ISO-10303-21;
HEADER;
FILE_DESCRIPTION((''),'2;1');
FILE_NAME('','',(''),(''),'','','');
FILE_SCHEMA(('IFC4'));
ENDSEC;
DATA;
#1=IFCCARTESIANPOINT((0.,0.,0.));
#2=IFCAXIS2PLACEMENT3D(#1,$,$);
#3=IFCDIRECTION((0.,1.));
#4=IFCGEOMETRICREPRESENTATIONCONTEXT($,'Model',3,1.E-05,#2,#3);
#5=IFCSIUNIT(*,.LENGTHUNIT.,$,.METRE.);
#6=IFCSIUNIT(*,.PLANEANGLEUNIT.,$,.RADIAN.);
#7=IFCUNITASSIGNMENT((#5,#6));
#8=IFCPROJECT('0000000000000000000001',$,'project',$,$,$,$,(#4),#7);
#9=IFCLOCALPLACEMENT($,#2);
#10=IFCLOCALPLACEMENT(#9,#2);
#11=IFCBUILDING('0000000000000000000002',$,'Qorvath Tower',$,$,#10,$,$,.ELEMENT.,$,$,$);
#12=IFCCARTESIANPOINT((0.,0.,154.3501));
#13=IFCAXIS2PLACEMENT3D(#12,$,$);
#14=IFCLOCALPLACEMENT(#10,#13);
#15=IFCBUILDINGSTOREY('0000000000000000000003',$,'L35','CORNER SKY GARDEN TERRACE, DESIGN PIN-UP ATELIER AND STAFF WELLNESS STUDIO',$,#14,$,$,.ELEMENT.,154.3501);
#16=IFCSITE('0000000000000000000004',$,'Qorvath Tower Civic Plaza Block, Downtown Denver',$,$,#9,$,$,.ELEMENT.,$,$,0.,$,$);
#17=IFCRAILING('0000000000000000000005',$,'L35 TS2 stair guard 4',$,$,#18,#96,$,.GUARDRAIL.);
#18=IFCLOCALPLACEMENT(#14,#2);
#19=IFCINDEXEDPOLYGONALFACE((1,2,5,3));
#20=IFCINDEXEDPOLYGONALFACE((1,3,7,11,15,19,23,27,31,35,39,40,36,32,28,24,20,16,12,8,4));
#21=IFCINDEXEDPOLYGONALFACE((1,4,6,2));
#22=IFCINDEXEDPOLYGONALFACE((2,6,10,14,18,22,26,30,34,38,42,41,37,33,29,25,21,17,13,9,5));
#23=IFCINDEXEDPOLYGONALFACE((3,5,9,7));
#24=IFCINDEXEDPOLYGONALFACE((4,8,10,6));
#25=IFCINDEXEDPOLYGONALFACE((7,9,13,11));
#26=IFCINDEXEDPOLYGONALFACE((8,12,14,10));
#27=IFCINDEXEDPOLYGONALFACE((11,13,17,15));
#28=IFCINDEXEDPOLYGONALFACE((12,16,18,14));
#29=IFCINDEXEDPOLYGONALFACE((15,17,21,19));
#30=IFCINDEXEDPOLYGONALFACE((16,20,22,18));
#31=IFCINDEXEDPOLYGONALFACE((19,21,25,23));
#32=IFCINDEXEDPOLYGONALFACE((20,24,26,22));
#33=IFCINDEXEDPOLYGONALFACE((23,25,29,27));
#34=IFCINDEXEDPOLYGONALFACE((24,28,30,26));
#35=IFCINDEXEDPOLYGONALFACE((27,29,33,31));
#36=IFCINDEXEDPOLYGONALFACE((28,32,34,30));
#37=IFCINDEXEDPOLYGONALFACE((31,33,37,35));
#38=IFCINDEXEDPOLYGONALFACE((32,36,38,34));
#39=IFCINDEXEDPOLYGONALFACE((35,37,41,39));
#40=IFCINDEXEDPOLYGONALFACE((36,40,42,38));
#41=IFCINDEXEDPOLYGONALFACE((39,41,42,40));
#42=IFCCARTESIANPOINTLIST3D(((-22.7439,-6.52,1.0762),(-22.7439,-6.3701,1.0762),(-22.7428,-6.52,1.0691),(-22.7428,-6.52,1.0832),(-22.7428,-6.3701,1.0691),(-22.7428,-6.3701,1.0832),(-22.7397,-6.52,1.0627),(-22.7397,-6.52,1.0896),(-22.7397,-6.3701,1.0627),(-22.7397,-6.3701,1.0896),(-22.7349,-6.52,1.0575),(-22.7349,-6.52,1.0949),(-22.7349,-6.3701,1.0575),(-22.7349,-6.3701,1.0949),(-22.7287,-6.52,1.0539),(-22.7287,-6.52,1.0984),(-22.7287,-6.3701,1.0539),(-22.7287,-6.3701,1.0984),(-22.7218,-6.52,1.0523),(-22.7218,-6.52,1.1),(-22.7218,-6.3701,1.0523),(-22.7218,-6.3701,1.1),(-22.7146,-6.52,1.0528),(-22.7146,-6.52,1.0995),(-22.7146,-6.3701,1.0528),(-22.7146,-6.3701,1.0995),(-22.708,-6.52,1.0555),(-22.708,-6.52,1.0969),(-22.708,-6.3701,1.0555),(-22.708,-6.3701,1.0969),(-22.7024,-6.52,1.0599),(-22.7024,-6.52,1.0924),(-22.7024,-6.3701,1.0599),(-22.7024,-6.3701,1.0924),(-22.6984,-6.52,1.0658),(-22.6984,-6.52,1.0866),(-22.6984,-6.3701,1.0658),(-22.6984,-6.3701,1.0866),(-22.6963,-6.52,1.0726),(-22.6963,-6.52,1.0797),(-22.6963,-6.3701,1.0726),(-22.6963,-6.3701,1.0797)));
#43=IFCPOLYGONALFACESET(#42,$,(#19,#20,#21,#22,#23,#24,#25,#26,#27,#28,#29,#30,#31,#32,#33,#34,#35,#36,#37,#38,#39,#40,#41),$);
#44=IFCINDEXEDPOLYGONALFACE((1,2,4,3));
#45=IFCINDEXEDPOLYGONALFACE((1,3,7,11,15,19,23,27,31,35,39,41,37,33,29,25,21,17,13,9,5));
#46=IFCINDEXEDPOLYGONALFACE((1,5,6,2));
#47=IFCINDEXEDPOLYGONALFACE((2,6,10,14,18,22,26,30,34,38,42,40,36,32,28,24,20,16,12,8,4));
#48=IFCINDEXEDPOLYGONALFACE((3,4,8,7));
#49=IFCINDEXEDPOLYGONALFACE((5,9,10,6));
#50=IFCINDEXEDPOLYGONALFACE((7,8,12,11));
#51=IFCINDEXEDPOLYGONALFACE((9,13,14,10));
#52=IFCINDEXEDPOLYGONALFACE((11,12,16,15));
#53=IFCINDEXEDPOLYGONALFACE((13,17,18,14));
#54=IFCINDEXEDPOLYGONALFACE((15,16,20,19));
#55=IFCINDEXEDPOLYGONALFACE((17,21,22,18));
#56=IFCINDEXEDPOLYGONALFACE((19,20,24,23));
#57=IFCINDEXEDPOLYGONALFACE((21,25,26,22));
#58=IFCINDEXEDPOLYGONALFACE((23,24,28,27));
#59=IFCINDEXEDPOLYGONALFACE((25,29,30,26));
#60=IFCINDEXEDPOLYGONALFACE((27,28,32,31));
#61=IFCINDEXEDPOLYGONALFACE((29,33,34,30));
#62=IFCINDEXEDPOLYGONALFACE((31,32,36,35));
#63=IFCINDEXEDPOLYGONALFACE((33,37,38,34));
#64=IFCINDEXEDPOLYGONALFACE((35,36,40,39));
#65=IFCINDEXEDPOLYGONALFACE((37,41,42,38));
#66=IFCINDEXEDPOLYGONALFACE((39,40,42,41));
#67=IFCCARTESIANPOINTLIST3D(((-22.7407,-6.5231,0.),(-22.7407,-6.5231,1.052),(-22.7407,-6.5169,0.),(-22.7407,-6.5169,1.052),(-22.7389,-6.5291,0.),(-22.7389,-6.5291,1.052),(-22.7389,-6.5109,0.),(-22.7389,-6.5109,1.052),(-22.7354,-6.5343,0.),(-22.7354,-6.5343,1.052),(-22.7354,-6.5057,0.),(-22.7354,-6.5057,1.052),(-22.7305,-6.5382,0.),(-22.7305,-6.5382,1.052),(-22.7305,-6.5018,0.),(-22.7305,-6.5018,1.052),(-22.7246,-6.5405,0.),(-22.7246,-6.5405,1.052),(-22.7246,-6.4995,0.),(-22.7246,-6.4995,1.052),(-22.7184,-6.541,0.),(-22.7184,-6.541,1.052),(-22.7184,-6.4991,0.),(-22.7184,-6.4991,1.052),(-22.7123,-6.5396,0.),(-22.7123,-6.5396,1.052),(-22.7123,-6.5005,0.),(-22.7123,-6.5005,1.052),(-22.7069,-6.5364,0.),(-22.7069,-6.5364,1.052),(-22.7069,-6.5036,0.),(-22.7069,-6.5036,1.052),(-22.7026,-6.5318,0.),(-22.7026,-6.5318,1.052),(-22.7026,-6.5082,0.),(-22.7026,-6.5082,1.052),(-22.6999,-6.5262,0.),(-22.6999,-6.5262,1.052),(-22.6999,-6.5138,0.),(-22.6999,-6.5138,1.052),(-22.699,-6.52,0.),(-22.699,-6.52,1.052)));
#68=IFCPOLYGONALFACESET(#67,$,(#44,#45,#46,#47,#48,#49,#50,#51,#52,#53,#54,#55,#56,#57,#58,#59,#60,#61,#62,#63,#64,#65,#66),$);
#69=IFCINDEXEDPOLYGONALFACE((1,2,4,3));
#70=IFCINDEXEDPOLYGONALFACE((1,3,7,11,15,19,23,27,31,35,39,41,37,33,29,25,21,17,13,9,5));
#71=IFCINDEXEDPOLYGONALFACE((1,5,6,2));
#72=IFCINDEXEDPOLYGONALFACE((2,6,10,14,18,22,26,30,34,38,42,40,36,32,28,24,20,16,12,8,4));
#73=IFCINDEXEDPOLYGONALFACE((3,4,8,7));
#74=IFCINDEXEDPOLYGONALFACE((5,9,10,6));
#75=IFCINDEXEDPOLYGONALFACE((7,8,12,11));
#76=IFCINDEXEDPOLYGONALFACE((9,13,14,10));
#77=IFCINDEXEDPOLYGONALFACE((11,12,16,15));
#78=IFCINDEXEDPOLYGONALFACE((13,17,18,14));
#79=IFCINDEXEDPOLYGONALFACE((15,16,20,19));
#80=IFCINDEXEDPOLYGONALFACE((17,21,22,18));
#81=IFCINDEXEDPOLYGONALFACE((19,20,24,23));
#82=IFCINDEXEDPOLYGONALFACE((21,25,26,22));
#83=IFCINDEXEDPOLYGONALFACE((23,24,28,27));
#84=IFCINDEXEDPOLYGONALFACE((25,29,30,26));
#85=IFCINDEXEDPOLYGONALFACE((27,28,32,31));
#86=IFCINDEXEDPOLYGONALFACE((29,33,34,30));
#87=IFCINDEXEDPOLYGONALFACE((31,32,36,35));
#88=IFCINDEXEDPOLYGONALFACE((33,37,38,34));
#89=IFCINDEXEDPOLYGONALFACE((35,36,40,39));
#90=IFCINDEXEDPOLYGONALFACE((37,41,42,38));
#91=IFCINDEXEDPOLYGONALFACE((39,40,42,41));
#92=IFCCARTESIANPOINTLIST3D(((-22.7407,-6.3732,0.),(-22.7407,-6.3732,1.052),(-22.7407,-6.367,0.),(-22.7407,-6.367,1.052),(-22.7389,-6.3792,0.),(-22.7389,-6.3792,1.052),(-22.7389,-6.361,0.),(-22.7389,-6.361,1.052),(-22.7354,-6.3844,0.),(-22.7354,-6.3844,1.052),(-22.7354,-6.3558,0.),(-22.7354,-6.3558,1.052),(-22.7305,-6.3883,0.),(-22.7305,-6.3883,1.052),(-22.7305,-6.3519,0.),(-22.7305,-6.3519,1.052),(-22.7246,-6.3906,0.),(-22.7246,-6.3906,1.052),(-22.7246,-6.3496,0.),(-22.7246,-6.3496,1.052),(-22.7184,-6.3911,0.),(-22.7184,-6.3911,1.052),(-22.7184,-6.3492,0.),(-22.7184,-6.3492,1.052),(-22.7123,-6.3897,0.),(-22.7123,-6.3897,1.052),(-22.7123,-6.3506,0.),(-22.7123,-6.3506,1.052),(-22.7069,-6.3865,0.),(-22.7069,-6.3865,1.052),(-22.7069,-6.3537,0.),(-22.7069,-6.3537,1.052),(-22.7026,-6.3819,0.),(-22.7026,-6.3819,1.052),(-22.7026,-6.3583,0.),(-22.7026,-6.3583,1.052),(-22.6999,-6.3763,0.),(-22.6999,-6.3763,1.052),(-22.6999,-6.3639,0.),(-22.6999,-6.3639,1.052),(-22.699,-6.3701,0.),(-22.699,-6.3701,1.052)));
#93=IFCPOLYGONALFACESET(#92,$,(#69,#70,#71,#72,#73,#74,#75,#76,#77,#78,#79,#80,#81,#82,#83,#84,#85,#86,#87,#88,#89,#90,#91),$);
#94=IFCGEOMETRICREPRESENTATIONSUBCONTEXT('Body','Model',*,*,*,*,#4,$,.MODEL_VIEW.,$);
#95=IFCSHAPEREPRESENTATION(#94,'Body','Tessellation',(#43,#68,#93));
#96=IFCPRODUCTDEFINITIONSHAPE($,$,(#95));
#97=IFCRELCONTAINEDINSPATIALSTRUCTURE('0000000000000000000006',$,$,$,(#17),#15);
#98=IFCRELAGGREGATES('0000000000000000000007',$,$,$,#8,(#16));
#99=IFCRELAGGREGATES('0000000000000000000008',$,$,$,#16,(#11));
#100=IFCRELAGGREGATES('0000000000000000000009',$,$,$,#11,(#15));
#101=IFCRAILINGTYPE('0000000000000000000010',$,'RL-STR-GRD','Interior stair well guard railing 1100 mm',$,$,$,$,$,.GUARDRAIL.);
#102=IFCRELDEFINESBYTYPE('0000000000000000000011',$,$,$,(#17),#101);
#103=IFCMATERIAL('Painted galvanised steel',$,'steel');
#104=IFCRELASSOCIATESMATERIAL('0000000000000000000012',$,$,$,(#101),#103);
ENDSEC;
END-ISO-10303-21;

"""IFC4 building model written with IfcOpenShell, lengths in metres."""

from ifc_helpers import new_model, si_unit, direction, frame, origin, origin_2d, place, context, subcontext, project, spatial, circle, extrude, material, type_object, element, save


model = new_model("IFC4")

# Units and contexts
model_context = context("Model", 3, precision=1e-05, world=origin(), true_north=direction((0.0, 1.0)))
body_context = subcontext(model_context, "Body", "Model", "MODEL_VIEW")
ifc_project = project(units=[si_unit("LENGTHUNIT", "METRE"), si_unit("PLANEANGLEUNIT", "RADIAN")], contexts=[model_context])

# Site, building, storey
site_placement = place(None, origin())
site = spatial("IfcSite", under=ifc_project, at=site_placement, Name="Qorvath Tower Civic Plaza Block, Downtown Denver", CompositionType="ELEMENT", RefElevation=0.0)
building_placement = place(site_placement, origin())
building = spatial("IfcBuilding", under=site, at=building_placement, Name="Qorvath Tower", CompositionType="ELEMENT")
storey_placement = place(building_placement, frame((0.0, 0.0, 154.3501)))
storey = spatial("IfcBuildingStorey", under=building, at=storey_placement, Name="L35", Description="CORNER SKY GARDEN TERRACE, DESIGN PIN-UP ATELIER AND STAFF WELLNESS STUDIO", CompositionType="ELEMENT", Elevation=154.3501)

# Railing
ifc_material_1 = material(Name="Painted galvanised steel", Category="steel")
railing_type_1 = type_object("IfcRailingType", Name="RL-STR-GRD", Description="Interior stair well guard railing 1100 mm", PredefinedType="GUARDRAIL", material=ifc_material_1)
railing_1_placement = place(storey_placement, frame((-22.72, -6.52, 0.0)))
element("IfcRailing", 1, at=railing_1_placement, inside=storey, type_object=railing_type_1, Name="L35 TS2 stair guard 4", PredefinedType="GUARDRAIL", context=body_context, shape_type="SweptSolid", body=[
    extrude(circle(Radius=0.0239, at=origin_2d()), frame((0.0, 0.0, 1.0762), z_axis=(0.0, 1.0, 0.0), x_axis=(-1.0, 0.0, 0.0)), (0.0, 0.0, 1.0), 0.1499),
    extrude(circle(Radius=0.021, at=origin_2d()), origin(), (0.0, 0.0, 1.0), 1.052),
    extrude(circle(Radius=0.021, at=origin_2d()), frame((0.0, 0.1499, 0.0)), (0.0, 0.0, 1.0), 1.052),
])

save(model, "model.ifc")
